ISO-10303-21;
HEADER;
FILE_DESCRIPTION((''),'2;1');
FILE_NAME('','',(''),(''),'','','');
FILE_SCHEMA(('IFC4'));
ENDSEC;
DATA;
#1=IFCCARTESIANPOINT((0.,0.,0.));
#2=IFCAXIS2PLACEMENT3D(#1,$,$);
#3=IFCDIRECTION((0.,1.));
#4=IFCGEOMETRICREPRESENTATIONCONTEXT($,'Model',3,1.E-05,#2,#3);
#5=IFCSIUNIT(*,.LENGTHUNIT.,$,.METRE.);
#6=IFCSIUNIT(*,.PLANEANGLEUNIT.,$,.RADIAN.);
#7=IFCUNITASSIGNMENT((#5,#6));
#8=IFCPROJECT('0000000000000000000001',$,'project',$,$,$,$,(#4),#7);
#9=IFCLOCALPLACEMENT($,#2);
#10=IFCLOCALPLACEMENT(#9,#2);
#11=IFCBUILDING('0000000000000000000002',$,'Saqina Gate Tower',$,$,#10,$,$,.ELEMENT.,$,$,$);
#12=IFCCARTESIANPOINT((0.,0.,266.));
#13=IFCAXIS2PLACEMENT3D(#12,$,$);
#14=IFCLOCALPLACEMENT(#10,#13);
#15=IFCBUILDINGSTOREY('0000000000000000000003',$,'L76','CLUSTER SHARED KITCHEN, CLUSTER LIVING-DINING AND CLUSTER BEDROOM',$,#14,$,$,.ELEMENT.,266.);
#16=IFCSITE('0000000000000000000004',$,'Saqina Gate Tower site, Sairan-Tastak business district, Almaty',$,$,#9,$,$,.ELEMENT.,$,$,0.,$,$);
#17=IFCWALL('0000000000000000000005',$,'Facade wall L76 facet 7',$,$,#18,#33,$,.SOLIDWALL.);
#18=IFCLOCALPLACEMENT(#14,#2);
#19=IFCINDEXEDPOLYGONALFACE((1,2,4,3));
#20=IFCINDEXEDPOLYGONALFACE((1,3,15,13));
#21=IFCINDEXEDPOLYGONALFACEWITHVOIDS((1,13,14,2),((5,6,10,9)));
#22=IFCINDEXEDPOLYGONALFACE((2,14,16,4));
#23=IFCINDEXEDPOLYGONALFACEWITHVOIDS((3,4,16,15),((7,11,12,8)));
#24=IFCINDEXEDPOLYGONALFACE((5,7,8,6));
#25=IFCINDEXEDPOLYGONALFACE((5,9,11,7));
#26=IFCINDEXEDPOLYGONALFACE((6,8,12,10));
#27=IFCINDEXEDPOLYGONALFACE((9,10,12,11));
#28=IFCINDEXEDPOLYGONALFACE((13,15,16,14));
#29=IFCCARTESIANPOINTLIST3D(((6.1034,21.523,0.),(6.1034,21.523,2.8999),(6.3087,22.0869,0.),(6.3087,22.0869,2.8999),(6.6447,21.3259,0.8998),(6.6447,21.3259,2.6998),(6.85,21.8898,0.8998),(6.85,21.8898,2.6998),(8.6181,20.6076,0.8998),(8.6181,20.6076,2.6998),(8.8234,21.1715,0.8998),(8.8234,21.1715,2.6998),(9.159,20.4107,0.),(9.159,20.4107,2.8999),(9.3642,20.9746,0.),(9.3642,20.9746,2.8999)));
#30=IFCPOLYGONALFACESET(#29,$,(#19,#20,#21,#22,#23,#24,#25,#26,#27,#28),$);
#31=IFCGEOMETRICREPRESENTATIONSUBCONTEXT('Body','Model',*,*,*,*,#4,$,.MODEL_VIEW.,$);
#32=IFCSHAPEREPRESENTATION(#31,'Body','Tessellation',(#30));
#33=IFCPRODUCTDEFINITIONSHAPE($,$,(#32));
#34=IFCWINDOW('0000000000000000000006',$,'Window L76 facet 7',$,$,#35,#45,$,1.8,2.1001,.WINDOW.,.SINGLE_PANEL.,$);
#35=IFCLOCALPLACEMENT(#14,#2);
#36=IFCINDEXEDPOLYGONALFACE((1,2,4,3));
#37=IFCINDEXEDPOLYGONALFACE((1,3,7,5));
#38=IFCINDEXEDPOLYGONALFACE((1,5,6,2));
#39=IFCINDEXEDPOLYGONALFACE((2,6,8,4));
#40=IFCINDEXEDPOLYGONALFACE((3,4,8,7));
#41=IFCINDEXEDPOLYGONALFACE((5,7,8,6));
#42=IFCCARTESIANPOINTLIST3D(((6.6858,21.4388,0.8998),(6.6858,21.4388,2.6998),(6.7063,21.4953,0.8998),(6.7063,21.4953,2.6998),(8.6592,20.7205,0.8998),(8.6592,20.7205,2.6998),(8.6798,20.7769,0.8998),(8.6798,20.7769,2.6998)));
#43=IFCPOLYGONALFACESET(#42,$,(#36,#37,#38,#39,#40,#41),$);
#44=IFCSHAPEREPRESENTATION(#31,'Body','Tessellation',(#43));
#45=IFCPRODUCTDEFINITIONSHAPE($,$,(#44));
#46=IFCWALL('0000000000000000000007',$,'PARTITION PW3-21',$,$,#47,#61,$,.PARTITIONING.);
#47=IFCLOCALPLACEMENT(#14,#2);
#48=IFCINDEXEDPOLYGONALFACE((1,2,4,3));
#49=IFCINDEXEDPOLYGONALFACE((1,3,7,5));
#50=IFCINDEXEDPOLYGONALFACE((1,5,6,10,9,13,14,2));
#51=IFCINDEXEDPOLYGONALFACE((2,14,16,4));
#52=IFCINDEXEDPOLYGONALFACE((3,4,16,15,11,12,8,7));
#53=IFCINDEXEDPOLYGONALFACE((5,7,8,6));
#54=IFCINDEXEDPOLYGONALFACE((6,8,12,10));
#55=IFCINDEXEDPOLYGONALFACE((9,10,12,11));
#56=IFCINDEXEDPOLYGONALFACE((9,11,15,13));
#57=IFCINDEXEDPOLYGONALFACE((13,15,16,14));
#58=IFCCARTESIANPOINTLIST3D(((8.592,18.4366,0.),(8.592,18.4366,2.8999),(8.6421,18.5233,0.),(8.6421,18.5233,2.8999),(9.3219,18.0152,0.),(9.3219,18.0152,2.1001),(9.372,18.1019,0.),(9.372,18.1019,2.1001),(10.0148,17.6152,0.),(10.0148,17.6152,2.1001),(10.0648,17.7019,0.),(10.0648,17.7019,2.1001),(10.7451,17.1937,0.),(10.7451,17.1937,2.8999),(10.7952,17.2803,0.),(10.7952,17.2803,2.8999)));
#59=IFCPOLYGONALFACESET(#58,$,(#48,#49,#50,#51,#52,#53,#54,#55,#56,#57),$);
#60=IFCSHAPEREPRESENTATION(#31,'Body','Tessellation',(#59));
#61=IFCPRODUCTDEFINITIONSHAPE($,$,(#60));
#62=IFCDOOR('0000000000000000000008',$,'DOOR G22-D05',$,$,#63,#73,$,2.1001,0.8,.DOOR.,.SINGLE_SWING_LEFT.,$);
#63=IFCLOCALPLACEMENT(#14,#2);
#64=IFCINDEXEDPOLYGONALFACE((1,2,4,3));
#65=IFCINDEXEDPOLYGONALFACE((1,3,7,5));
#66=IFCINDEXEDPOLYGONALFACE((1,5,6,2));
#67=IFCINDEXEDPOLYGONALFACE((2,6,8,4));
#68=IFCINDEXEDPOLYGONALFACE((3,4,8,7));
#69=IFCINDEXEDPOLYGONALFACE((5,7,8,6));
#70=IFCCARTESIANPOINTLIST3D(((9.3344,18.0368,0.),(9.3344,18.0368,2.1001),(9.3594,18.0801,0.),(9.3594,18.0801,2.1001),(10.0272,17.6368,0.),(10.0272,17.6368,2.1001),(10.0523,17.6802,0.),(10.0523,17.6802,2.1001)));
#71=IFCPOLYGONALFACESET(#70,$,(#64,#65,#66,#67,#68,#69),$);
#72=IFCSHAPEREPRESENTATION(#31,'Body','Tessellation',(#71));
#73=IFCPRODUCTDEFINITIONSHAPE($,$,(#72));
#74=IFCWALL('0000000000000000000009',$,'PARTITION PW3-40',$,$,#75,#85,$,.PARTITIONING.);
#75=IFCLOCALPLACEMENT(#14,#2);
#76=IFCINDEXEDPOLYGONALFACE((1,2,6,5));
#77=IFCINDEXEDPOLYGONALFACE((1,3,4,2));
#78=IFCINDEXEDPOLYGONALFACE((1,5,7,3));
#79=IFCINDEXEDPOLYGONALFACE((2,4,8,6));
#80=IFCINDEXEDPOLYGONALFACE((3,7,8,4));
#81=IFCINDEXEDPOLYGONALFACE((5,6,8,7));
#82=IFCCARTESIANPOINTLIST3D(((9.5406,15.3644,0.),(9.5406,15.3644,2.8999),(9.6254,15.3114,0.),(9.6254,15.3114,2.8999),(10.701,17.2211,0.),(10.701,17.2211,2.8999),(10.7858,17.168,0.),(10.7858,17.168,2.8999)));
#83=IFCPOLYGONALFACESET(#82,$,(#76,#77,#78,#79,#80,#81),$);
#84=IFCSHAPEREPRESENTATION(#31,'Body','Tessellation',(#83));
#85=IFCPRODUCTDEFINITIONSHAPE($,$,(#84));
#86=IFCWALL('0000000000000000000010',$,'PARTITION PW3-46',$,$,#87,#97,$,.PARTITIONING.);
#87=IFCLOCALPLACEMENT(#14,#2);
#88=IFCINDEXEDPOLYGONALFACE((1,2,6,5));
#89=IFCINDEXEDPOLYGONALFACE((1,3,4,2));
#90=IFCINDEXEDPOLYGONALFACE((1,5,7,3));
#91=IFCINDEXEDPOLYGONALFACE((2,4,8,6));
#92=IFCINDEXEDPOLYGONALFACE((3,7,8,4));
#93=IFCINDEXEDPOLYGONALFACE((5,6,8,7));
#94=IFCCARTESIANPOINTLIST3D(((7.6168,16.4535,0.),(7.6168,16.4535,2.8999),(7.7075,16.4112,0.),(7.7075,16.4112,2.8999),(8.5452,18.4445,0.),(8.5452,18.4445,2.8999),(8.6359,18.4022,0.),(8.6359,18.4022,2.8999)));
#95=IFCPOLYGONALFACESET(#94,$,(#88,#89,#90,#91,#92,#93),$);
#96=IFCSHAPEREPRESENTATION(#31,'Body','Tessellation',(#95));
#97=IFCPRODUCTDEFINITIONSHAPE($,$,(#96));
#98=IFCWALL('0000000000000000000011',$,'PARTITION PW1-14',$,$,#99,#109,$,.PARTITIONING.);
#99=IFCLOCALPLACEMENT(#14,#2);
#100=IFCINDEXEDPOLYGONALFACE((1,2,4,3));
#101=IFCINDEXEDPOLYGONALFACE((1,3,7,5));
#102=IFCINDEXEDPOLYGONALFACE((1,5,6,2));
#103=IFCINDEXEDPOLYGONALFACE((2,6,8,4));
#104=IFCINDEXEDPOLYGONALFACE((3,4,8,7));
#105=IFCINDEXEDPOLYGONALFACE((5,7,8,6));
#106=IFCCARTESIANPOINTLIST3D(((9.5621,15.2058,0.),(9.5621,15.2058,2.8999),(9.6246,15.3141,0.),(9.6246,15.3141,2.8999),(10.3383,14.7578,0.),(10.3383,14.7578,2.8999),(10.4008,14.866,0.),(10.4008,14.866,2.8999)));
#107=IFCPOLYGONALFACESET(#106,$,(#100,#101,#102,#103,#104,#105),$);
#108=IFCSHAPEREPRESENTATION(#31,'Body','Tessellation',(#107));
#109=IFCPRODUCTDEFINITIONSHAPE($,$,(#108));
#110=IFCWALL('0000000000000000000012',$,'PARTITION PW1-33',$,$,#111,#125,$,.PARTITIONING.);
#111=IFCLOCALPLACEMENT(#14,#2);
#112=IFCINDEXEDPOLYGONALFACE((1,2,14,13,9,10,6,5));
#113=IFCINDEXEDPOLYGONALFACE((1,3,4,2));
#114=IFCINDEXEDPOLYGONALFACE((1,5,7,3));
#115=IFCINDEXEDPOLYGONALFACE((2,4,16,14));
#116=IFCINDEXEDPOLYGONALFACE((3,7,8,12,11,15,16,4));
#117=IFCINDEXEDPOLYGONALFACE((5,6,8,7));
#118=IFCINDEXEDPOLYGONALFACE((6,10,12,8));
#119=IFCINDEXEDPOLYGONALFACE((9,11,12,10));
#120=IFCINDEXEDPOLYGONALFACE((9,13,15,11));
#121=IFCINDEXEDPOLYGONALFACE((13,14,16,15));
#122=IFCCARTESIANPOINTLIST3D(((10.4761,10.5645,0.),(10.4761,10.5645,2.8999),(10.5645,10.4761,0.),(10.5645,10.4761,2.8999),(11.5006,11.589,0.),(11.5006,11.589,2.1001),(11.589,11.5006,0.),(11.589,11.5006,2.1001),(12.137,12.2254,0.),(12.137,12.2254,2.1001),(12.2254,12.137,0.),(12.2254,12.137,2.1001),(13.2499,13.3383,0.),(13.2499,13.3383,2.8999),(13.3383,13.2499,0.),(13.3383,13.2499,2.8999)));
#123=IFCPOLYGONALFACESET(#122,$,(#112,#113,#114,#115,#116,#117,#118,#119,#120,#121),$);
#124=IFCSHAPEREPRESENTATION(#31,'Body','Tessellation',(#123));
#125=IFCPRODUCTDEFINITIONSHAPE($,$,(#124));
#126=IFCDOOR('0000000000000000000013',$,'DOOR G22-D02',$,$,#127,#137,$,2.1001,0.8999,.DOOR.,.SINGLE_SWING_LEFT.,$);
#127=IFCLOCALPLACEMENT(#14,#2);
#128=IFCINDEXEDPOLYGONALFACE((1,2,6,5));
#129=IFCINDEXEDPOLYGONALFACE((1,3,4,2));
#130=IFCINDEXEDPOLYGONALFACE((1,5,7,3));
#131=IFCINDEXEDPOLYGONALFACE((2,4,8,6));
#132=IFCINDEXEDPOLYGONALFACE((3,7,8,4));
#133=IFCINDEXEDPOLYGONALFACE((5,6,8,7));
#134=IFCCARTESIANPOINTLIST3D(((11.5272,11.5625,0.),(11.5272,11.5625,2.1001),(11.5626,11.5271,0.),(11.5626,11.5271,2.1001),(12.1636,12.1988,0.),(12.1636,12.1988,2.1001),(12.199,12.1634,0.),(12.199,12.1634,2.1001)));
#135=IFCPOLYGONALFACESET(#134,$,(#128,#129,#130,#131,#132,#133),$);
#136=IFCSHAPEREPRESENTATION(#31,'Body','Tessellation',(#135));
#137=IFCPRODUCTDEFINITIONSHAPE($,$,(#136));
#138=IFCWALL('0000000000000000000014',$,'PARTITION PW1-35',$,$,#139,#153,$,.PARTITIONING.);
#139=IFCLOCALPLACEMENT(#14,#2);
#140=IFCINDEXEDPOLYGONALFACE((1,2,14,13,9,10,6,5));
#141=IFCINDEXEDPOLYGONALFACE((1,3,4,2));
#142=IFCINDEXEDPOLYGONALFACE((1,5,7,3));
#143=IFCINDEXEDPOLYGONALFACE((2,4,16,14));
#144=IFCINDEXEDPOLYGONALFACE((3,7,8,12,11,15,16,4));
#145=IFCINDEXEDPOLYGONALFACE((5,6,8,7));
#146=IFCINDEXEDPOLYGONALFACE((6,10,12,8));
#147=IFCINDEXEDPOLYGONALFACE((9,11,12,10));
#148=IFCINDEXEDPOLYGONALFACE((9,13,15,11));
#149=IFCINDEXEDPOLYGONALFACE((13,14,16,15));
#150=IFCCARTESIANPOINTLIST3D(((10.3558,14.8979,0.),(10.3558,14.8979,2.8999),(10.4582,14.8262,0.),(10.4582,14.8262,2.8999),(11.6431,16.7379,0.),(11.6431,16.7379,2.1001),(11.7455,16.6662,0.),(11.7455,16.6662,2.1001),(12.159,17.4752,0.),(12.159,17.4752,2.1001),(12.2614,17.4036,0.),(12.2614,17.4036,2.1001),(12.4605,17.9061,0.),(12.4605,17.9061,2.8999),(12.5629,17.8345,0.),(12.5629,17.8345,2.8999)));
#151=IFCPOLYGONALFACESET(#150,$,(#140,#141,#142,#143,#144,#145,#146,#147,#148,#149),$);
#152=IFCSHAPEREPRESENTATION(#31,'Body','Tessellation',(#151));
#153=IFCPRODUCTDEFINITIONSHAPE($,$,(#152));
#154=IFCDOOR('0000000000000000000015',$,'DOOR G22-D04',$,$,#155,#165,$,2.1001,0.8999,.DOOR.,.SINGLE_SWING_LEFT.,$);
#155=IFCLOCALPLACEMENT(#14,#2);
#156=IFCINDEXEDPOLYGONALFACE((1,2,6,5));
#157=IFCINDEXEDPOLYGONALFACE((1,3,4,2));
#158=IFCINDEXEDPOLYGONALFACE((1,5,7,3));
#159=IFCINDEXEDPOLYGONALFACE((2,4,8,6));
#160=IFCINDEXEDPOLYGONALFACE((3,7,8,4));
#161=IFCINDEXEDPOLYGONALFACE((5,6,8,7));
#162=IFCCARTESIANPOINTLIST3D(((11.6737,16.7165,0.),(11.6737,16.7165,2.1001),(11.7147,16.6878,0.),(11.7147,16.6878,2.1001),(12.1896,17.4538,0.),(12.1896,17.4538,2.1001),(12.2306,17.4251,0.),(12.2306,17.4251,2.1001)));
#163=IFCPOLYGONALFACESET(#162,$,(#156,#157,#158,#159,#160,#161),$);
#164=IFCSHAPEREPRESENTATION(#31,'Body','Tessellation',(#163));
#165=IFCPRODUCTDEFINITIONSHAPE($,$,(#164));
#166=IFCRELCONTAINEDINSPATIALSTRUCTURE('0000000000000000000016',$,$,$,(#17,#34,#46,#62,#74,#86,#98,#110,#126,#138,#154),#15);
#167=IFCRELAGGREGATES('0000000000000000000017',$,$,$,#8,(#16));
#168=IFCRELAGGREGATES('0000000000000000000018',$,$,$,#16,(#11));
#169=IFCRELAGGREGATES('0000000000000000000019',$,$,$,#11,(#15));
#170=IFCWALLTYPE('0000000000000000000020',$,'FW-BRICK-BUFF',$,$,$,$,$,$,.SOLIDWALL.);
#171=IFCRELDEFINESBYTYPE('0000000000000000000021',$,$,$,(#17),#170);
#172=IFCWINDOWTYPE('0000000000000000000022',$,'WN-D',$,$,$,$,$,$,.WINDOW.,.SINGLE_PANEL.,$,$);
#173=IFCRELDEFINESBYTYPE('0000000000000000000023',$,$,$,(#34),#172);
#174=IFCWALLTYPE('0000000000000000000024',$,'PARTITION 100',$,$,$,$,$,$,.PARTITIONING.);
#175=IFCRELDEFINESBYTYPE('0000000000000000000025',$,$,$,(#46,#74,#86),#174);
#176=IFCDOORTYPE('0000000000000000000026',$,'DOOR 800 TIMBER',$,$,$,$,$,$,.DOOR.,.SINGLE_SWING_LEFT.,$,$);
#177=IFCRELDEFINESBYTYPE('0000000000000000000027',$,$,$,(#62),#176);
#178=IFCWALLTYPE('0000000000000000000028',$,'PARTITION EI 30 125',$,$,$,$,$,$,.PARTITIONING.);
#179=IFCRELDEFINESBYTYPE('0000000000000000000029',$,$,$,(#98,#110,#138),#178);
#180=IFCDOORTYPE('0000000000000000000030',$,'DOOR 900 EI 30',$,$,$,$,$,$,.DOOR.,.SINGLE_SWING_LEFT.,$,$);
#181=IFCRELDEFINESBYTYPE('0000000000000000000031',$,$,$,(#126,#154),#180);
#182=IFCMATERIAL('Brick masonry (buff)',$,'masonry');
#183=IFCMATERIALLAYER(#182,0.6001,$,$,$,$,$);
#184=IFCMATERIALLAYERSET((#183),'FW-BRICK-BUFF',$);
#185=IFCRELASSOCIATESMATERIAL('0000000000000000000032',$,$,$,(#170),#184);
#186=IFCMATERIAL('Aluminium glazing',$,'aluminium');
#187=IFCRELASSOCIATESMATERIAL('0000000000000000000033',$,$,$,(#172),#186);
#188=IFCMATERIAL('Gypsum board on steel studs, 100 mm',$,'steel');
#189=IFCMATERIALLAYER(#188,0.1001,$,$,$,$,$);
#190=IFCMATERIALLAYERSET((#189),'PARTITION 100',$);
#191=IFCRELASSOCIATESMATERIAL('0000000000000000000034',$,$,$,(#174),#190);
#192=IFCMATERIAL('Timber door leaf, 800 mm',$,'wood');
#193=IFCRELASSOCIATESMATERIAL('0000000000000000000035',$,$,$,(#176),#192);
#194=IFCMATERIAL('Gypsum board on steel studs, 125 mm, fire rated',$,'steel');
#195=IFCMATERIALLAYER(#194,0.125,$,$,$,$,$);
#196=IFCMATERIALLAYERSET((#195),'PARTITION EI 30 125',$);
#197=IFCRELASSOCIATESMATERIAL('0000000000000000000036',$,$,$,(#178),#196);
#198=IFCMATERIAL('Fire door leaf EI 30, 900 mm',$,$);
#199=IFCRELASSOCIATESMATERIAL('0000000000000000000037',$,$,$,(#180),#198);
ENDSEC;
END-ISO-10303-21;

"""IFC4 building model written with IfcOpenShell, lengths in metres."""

from ifc_helpers import new_model, si_unit, direction, frame, frame_2d, origin, place, context, subcontext, project, spatial, rectangle, extrude, material, layer, layer_set, type_object, element, fill, save


model = new_model("IFC4")

# Units and contexts
model_context = context("Model", 3, precision=1e-05, world=origin(), true_north=direction((0.0, 1.0)))
body_context = subcontext(model_context, "Body", "Model", "MODEL_VIEW")
ifc_project = project(units=[si_unit("LENGTHUNIT", "METRE"), si_unit("PLANEANGLEUNIT", "RADIAN")], contexts=[model_context])

# Site, building, storey
site_placement = place(None, origin())
site = spatial("IfcSite", under=ifc_project, at=site_placement, Name="Saqina Gate Tower site, Sairan-Tastak business district, Almaty", CompositionType="ELEMENT", RefElevation=0.0)
building_placement = place(site_placement, origin())
building = spatial("IfcBuilding", under=site, at=building_placement, Name="Saqina Gate Tower", CompositionType="ELEMENT")
storey_placement = place(building_placement, frame((0.0, 0.0, 266.0)))
storey = spatial("IfcBuildingStorey", under=building, at=storey_placement, Name="L76", Description="CLUSTER SHARED KITCHEN, CLUSTER LIVING-DINING AND CLUSTER BEDROOM", CompositionType="ELEMENT", Elevation=266.0)

# Wall, opening, window
ifc_material_1 = material(Name="Brick masonry (buff)", Category="masonry")
ifc_layer_1 = layer(ifc_material_1, 0.6001)
ifc_layer_set_1 = layer_set([ifc_layer_1], Name="FW-BRICK-BUFF")
wall_type_1 = type_object("IfcWallType", Name="FW-BRICK-BUFF", PredefinedType="SOLIDWALL", material=ifc_layer_set_1)
ifc_material_2 = material(Name="Aluminium glazing", Category="aluminium")
window_type = type_object("IfcWindowType", Name="WN-D", PartitioningType="SINGLE_PANEL", PredefinedType="WINDOW", material=ifc_material_2)
wall_1_placement = place(storey_placement, frame((9.2617, 20.6926, 0.0), z_axis=(0.0, 0.0, 1.0), x_axis=(-0.939679, 0.342057, 0.0)))
wall_1 = element("IfcWall", 1, at=wall_1_placement, inside=storey, type_object=wall_type_1, Name="Facade wall L76 facet 7", PredefinedType="SOLIDWALL", context=body_context, shape_type="SweptSolid", body=[
    extrude(rectangle(XDim=3.2517, YDim=0.6001, at=frame_2d((1.626, 0.0))), origin(), (0.0, 0.0, 1.0), 2.8999),
])
opening_1_placement = place(wall_1_placement, frame((0.5757, 0.0, 0.8999)))
opening_1 = element("IfcOpeningElement", 2, at=opening_1_placement, cuts=wall_1, PredefinedType="OPENING", context=body_context, shape_type="SweptSolid", body=[
    extrude(rectangle(XDim=2.1001, YDim=1.8, at=frame_2d((1.05, 0.8999))), frame((0.0, 0.312, 0.0), z_axis=(0.0, -1.0, 0.0), x_axis=(1.0, 0.0, 0.0)), (0.0, 0.0, 1.0), 0.624),
])
window_1_placement = place(opening_1_placement, origin())
window_1 = element("IfcWindow", 3, at=window_1_placement, inside=storey, type_object=window_type, Name="Window L76 facet 7", OverallHeight=1.8, OverallWidth=2.1001, PartitioningType="SINGLE_PANEL", PredefinedType="WINDOW", context=body_context, shape_type="SweptSolid", body=[
    extrude(rectangle(XDim=2.1001, YDim=1.8, at=frame_2d((1.05, 0.8999))), frame((0.0, 0.1799, 0.0), z_axis=(0.0, -1.0, 0.0), x_axis=(1.0, 0.0, 0.0)), (0.0, 0.0, 1.0), 0.0601),
])
fill(opening_1, window_1)

# Wall, opening, door
ifc_material_3 = material(Name="Gypsum board on steel studs, 100 mm", Category="steel")
ifc_layer_2 = layer(ifc_material_3, 0.1001)
ifc_layer_set_2 = layer_set([ifc_layer_2], Name="PARTITION 100")
wall_type_2 = type_object("IfcWallType", Name="PARTITION 100", PredefinedType="PARTITIONING", material=ifc_layer_set_2)
wall_2_placement = place(storey_placement, frame((8.6169, 18.48, 0.0), z_axis=(0.0, 0.0, 1.0), x_axis=(0.866053, -0.499952, 0.0)))
wall_2 = element("IfcWall", 4, at=wall_2_placement, inside=storey, type_object=wall_type_2, Name="PARTITION PW3-21", PredefinedType="PARTITIONING", context=body_context, shape_type="SweptSolid", body=[
    extrude(rectangle(XDim=2.4861, YDim=0.1001, at=frame_2d((1.2432, 0.0))), origin(), (0.0, 0.0, 1.0), 2.8999),
])
opening_2_placement = place(wall_2_placement, frame((0.843, 0.0, 0.0)))
opening_2 = element("IfcOpeningElement", 5, at=opening_2_placement, cuts=wall_2, PredefinedType="OPENING", context=body_context, shape_type="SweptSolid", body=[
    extrude(rectangle(XDim=0.8, YDim=2.1001, at=frame_2d((0.3999, 1.05))), frame((0.0, 0.062, 0.0), z_axis=(0.0, -1.0, 0.0), x_axis=(1.0, 0.0, 0.0)), (0.0, 0.0, 1.0), 0.124),
])
ifc_material_4 = material(Name="Timber door leaf, 800 mm", Category="wood")
door_type_1 = type_object("IfcDoorType", Name="DOOR 800 TIMBER", OperationType="SINGLE_SWING_LEFT", PredefinedType="DOOR", material=ifc_material_4)
door_1_placement = place(opening_2_placement, origin())
door_1 = element("IfcDoor", 6, at=door_1_placement, inside=storey, type_object=door_type_1, Name="DOOR G22-D05", OperationType="SINGLE_SWING_LEFT", OverallHeight=2.1001, OverallWidth=0.8, PredefinedType="DOOR", context=body_context, shape_type="SweptSolid", body=[
    extrude(rectangle(XDim=0.8, YDim=2.1001, at=frame_2d((0.3999, 1.05))), frame((0.0, 0.0249, 0.0), z_axis=(0.0, -1.0, 0.0), x_axis=(1.0, 0.0, 0.0)), (0.0, 0.0, 1.0), 0.05),
])
fill(opening_2, door_1)

# Walls
wall_3_placement = place(storey_placement, frame((9.583, 15.3379, 0.0), z_axis=(0.0, 0.0, 1.0), x_axis=(0.529989, 0.848005, 0.0)))
element("IfcWall", 7, at=wall_3_placement, inside=storey, type_object=wall_type_2, Name="PARTITION PW3-40", PredefinedType="PARTITIONING", context=body_context, shape_type="SweptSolid", body=[
    extrude(rectangle(XDim=2.1895, YDim=0.1001, at=frame_2d((1.0947, 0.0))), origin(), (0.0, 0.0, 1.0), 2.8999),
])
wall_4_placement = place(storey_placement, frame((7.6621, 16.4324, 0.0), z_axis=(0.0, 0.0, 1.0), x_axis=(0.422642, 0.906297, 0.0)))
element("IfcWall", 8, at=wall_4_placement, inside=storey, type_object=wall_type_2, Name="PARTITION PW3-46", PredefinedType="PARTITIONING", context=body_context, shape_type="SweptSolid", body=[
    extrude(rectangle(XDim=2.1968, YDim=0.1001, at=frame_2d((1.0984, 0.0))), origin(), (0.0, 0.0, 1.0), 2.8999),
])
ifc_material_5 = material(Name="Gypsum board on steel studs, 125 mm, fire rated", Category="steel")
ifc_layer_3 = layer(ifc_material_5, 0.125)
ifc_layer_set_3 = layer_set([ifc_layer_3], Name="PARTITION EI 30 125")
wall_type_3 = type_object("IfcWallType", Name="PARTITION EI 30 125", PredefinedType="PARTITIONING", material=ifc_layer_set_3)
wall_5_placement = place(storey_placement, frame((9.5933, 15.26, 0.0), z_axis=(0.0, 0.0, 1.0), x_axis=(0.866072, -0.499919, 0.0)))
element("IfcWall", 9, at=wall_5_placement, inside=storey, type_object=wall_type_3, Name="PARTITION PW1-14", PredefinedType="PARTITIONING", context=body_context, shape_type="SweptSolid", body=[
    extrude(rectangle(XDim=0.8962, YDim=0.125, at=frame_2d((0.4482, 0.0))), origin(), (0.0, 0.0, 1.0), 2.8999),
])

# Walls, openings, doors
wall_6_placement = place(storey_placement, frame((10.5203, 10.5203, 0.0), z_axis=(0.0, 0.0, 1.0), x_axis=(0.707107, 0.707107, 0.0)))
wall_6 = element("IfcWall", 10, at=wall_6_placement, inside=storey, type_object=wall_type_3, Name="PARTITION PW1-33", PredefinedType="PARTITIONING", context=body_context, shape_type="SweptSolid", body=[
    extrude(rectangle(XDim=3.9229, YDim=0.125, at=frame_2d((1.9614, 0.0))), origin(), (0.0, 0.0, 1.0), 2.8999),
])
opening_3_placement = place(wall_6_placement, frame((1.449, 0.0, 0.0)))
opening_3 = element("IfcOpeningElement", 11, at=opening_3_placement, cuts=wall_6, PredefinedType="OPENING", context=body_context, shape_type="SweptSolid", body=[
    extrude(rectangle(XDim=0.8999, YDim=2.1001, at=frame_2d((0.45, 1.05))), frame((0.0, 0.0745, 0.0), z_axis=(0.0, -1.0, 0.0), x_axis=(1.0, 0.0, 0.0)), (0.0, 0.0, 1.0), 0.1489),
])
ifc_material_6 = material(Name="Fire door leaf EI 30, 900 mm")
door_type_2 = type_object("IfcDoorType", Name="DOOR 900 EI 30", OperationType="SINGLE_SWING_LEFT", PredefinedType="DOOR", material=ifc_material_6)
door_2_placement = place(opening_3_placement, origin())
door_2 = element("IfcDoor", 12, at=door_2_placement, inside=storey, type_object=door_type_2, Name="DOOR G22-D02", OperationType="SINGLE_SWING_LEFT", OverallHeight=2.1001, OverallWidth=0.8999, PredefinedType="DOOR", context=body_context, shape_type="SweptSolid", body=[
    extrude(rectangle(XDim=0.8999, YDim=2.1001, at=frame_2d((0.45, 1.05))), frame((0.0, 0.0249, 0.0), z_axis=(0.0, -1.0, 0.0), x_axis=(1.0, 0.0, 0.0)), (0.0, 0.0, 1.0), 0.05),
])
fill(opening_3, door_2)
wall_7_placement = place(storey_placement, frame((10.407, 14.8621, 0.0), z_axis=(0.0, 0.0, 1.0), x_axis=(0.573266, 0.819369, 0.0)))
wall_7 = element("IfcWall", 13, at=wall_7_placement, inside=storey, type_object=wall_type_3, Name="PARTITION PW1-35", PredefinedType="PARTITIONING", context=body_context, shape_type="SweptSolid", body=[
    extrude(rectangle(XDim=3.6714, YDim=0.125, at=frame_2d((1.8357, 0.0))), origin(), (0.0, 0.0, 1.0), 2.8999),
])
opening_4_placement = place(wall_7_placement, frame((2.2456, 0.0, 0.0)))
opening_4 = element("IfcOpeningElement", 14, at=opening_4_placement, cuts=wall_7, PredefinedType="OPENING", context=body_context, shape_type="SweptSolid", body=[
    extrude(rectangle(XDim=0.8999, YDim=2.1001, at=frame_2d((0.45, 1.05))), frame((0.0, 0.0745, 0.0), z_axis=(0.0, -1.0, 0.0), x_axis=(1.0, 0.0, 0.0)), (0.0, 0.0, 1.0), 0.1489),
])
door_3_placement = place(opening_4_placement, frame((0.8999, 0.0, 0.0), z_axis=(0.0, 0.0, 1.0), x_axis=(-1.0, 0.0, 0.0)))
door_3 = element("IfcDoor", 15, at=door_3_placement, inside=storey, type_object=door_type_2, Name="DOOR G22-D04", OperationType="SINGLE_SWING_LEFT", OverallHeight=2.1001, OverallWidth=0.8999, PredefinedType="DOOR", context=body_context, shape_type="SweptSolid", body=[
    extrude(rectangle(XDim=0.8999, YDim=2.1001, at=frame_2d((0.45, 1.05))), frame((0.0, 0.0249, 0.0), z_axis=(0.0, -1.0, 0.0), x_axis=(1.0, 0.0, 0.0)), (0.0, 0.0, 1.0), 0.05),
])
fill(opening_4, door_3)

save(model, "model.ifc")
